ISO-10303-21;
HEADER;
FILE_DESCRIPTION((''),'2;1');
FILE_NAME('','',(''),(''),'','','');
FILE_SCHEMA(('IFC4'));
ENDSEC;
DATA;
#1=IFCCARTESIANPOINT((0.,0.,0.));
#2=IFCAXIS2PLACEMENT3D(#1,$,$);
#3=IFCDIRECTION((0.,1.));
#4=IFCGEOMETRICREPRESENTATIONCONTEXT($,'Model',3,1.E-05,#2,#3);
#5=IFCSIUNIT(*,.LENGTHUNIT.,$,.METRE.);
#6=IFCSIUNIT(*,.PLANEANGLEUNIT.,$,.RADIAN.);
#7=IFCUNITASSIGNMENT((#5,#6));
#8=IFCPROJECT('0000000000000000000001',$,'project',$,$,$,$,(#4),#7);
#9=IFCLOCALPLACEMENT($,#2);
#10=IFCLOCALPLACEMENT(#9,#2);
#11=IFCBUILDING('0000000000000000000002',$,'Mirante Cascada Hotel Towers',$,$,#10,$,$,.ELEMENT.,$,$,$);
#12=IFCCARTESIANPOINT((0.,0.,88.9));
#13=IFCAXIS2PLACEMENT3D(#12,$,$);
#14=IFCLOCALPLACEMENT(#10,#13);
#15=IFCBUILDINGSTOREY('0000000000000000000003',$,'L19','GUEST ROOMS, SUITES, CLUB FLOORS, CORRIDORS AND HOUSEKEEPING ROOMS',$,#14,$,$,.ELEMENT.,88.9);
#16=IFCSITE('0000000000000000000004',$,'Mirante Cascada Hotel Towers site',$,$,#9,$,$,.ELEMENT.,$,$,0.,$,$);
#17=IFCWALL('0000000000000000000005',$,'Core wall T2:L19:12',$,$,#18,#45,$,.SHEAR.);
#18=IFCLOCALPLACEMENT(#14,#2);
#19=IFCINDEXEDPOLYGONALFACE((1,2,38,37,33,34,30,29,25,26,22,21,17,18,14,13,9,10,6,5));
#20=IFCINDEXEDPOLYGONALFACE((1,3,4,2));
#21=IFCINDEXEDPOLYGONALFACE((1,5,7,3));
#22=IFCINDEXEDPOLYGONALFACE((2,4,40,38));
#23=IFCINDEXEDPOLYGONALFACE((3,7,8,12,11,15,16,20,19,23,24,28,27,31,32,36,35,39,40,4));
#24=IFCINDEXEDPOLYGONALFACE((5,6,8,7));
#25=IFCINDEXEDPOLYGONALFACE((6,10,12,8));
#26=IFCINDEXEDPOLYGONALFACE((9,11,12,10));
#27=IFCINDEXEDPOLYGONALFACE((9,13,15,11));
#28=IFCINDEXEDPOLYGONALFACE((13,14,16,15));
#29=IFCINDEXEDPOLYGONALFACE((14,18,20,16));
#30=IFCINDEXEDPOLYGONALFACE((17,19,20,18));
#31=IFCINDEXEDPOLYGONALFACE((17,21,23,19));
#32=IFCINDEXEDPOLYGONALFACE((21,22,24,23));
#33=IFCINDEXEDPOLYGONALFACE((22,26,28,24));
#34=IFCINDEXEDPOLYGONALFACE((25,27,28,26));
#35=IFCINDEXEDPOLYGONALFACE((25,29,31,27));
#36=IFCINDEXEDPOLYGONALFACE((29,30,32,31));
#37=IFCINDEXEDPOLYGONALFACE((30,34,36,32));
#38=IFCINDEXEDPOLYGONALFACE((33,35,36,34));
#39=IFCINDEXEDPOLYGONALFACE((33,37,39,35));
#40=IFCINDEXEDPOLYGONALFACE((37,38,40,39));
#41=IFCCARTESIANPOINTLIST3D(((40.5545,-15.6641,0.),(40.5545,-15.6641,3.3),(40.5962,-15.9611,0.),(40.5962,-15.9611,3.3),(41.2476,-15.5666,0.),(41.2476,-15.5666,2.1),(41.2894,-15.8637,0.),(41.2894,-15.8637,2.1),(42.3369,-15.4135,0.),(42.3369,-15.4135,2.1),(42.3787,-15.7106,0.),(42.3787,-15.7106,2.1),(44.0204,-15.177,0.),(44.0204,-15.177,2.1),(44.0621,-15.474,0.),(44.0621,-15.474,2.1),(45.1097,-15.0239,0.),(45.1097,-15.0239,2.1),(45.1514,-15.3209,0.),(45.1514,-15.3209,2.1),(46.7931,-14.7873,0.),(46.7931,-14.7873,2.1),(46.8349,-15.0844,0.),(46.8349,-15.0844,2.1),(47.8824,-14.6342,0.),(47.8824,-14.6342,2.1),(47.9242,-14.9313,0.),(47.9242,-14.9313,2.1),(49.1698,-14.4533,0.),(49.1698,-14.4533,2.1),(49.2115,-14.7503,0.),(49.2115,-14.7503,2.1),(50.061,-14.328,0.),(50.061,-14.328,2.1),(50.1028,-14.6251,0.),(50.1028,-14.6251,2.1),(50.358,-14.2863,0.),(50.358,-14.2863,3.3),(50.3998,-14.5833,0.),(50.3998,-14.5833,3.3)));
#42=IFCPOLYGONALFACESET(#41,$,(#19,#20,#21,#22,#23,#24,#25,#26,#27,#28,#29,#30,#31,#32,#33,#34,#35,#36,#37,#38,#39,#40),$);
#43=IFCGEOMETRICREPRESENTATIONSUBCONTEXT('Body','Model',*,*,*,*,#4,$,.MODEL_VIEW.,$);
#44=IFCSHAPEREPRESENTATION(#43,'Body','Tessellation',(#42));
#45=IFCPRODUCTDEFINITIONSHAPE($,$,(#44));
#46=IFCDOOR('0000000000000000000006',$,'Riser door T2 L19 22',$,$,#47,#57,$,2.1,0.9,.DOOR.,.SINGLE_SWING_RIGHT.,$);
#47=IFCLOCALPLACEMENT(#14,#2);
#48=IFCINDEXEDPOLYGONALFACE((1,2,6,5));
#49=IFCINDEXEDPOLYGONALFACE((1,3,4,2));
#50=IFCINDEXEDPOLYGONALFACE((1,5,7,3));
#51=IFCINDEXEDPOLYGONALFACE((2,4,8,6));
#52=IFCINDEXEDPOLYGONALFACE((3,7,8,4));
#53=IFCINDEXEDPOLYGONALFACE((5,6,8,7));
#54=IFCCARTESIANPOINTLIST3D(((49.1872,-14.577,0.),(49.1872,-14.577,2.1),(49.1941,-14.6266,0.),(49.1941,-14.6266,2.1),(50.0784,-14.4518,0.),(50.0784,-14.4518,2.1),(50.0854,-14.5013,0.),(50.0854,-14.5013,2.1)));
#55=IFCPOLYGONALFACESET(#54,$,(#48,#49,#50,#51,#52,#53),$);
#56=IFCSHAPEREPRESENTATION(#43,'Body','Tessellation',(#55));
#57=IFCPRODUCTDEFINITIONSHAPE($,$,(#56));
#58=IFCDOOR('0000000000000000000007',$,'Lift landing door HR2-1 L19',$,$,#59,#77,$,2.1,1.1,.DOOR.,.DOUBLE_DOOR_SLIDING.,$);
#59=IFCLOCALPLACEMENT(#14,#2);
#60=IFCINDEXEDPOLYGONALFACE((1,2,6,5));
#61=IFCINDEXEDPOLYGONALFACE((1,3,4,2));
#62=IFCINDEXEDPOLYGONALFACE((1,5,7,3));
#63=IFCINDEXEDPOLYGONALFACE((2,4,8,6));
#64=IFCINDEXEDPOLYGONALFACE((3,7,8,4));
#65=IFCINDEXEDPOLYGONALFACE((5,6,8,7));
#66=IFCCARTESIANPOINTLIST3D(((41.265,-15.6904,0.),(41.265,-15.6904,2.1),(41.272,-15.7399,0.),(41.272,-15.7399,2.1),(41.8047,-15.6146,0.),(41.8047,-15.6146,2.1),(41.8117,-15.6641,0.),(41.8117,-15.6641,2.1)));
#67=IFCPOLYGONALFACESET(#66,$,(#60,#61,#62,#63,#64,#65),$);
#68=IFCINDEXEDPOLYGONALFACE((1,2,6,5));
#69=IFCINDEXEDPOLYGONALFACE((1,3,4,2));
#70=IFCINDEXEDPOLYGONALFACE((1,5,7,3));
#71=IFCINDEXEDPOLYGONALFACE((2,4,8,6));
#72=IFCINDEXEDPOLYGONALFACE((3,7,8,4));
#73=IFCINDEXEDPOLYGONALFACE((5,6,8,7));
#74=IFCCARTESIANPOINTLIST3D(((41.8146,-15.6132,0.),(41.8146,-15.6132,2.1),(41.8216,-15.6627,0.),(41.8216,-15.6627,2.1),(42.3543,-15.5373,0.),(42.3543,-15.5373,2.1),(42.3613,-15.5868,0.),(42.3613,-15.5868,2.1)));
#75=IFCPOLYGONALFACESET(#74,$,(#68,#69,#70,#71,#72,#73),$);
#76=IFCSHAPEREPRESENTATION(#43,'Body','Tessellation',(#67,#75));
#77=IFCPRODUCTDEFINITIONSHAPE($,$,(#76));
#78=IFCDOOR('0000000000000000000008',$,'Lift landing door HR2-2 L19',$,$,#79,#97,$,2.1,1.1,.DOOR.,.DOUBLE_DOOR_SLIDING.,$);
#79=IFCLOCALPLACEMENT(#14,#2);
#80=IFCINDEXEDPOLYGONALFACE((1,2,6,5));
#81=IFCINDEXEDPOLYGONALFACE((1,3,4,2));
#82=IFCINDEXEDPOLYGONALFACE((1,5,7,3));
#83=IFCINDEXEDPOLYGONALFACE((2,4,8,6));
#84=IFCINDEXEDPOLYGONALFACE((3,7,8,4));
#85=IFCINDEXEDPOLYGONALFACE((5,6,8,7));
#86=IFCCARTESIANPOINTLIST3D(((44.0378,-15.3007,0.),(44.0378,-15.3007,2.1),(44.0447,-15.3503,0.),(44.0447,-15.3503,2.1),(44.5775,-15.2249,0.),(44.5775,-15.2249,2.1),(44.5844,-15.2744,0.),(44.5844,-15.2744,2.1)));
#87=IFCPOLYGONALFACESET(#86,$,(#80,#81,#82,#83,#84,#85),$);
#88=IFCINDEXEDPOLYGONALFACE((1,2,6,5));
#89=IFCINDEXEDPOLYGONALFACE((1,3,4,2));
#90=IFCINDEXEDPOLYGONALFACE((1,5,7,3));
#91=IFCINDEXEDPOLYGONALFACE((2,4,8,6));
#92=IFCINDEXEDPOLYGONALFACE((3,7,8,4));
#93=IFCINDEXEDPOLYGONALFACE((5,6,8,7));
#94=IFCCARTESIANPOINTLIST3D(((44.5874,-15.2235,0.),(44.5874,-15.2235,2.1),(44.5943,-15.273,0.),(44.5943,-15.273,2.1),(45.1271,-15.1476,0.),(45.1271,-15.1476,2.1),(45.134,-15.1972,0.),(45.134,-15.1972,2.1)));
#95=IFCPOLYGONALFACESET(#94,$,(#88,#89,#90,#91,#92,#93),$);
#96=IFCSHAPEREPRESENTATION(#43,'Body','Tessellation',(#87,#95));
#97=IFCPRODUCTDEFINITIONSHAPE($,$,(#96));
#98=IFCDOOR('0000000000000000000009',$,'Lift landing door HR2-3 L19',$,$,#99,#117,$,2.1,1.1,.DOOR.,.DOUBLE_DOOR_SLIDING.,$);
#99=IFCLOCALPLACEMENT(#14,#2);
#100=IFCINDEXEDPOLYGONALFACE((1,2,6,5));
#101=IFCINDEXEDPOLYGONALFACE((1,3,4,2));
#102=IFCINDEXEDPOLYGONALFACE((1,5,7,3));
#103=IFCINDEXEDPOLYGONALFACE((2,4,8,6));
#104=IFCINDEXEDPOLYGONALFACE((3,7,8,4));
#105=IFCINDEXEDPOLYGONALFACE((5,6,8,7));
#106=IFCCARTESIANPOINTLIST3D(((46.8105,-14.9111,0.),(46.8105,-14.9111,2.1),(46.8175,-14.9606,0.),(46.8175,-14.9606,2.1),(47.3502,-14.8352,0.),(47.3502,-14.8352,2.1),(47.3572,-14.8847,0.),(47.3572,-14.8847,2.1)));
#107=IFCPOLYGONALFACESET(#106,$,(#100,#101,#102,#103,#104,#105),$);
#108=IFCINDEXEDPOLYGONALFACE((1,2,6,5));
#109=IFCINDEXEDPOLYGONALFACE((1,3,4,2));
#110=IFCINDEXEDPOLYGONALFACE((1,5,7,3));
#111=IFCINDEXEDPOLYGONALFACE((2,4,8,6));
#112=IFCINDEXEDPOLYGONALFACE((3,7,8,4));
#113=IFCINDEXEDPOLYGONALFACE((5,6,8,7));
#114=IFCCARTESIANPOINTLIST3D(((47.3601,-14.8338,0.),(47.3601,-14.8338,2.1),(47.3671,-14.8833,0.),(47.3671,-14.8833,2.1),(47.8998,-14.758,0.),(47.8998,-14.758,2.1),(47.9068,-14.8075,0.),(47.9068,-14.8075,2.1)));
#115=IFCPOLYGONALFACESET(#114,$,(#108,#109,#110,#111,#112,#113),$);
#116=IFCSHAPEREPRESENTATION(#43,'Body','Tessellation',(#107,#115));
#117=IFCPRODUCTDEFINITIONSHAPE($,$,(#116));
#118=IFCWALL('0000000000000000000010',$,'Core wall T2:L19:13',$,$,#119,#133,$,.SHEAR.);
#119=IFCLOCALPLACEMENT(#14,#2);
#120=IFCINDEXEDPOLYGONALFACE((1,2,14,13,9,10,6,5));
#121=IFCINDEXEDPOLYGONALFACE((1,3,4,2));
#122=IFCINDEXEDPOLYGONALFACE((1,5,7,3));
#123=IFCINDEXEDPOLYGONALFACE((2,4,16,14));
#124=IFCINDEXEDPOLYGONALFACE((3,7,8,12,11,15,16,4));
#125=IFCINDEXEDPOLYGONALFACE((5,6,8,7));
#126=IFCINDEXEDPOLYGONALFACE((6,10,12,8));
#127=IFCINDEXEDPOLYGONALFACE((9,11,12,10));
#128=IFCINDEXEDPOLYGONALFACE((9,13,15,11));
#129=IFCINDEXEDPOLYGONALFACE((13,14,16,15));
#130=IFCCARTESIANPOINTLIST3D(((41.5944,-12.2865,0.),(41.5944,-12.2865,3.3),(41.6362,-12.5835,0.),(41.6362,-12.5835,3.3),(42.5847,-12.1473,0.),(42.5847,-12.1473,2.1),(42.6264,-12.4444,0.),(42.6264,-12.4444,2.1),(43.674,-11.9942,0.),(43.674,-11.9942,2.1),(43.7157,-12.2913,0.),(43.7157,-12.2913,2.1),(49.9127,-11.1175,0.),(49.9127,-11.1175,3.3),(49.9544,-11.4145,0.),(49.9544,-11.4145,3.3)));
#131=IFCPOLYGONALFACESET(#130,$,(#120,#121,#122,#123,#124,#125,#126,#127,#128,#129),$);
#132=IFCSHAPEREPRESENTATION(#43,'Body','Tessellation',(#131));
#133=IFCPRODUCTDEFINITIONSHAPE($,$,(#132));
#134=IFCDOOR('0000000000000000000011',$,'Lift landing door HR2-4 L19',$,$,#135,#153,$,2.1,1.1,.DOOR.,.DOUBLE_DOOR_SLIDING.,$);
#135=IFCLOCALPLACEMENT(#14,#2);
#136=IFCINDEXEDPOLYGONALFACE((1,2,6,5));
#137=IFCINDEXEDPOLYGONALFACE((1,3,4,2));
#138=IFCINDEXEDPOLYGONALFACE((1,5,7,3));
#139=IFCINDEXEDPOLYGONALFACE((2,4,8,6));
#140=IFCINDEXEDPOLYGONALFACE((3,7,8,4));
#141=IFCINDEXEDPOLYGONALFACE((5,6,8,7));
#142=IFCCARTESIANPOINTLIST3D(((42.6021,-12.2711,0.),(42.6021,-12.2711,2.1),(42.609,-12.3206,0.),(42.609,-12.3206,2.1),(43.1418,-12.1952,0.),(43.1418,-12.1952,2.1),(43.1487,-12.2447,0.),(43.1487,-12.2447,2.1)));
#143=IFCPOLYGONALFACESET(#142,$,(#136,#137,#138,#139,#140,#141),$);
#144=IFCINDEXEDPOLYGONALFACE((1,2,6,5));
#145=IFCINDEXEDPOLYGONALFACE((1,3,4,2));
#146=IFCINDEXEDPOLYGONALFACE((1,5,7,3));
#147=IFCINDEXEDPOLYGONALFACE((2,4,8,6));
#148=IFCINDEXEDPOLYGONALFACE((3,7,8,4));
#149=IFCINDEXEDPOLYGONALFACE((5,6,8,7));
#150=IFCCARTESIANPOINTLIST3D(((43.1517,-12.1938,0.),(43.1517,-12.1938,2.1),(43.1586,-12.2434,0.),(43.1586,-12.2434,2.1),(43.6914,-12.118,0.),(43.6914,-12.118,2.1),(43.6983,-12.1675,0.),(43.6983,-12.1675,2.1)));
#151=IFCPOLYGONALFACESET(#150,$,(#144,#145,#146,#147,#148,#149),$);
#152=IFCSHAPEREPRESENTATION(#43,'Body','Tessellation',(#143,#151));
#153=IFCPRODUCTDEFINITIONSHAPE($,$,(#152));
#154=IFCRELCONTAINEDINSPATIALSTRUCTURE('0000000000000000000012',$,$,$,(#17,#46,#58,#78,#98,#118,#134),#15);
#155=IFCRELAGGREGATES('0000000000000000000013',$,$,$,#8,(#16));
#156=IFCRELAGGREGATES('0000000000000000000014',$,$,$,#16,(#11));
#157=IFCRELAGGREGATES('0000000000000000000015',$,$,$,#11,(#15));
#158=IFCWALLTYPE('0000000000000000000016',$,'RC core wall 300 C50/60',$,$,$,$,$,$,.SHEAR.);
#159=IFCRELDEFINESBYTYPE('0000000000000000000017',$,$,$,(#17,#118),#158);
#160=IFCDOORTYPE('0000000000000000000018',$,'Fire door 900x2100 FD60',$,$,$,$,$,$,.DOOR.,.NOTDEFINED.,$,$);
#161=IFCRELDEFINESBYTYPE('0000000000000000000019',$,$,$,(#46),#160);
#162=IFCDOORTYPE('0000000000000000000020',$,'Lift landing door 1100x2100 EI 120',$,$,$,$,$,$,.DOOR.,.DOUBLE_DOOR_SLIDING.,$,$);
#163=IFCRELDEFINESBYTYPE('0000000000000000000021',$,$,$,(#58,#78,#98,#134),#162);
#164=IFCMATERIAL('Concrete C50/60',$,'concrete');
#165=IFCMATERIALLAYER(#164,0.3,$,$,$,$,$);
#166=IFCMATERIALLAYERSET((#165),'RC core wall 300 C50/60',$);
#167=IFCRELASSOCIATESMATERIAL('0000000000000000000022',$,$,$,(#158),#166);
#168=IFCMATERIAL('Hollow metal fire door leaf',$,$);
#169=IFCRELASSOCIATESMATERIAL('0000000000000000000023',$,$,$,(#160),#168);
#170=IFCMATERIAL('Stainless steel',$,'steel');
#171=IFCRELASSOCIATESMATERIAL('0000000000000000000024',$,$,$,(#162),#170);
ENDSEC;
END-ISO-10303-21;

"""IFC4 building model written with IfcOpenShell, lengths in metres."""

from ifc_helpers import new_model, si_unit, direction, frame, frame_2d, origin, place, context, subcontext, project, spatial, rectangle, extrude, material, layer, layer_set, type_object, element, fill, save


model = new_model("IFC4")

# Units and contexts
model_context = context("Model", 3, precision=1e-05, world=origin(), true_north=direction((0.0, 1.0)))
body_context = subcontext(model_context, "Body", "Model", "MODEL_VIEW")
ifc_project = project(units=[si_unit("LENGTHUNIT", "METRE"), si_unit("PLANEANGLEUNIT", "RADIAN")], contexts=[model_context])

# Site, building, storey
site_placement = place(None, origin())
site = spatial("IfcSite", under=ifc_project, at=site_placement, Name="Mirante Cascada Hotel Towers site", CompositionType="ELEMENT", RefElevation=0.0)
building_placement = place(site_placement, origin())
building = spatial("IfcBuilding", under=site, at=building_placement, Name="Mirante Cascada Hotel Towers", CompositionType="ELEMENT")
storey_placement = place(building_placement, frame((0.0, 0.0, 88.9)))
storey = spatial("IfcBuildingStorey", under=building, at=storey_placement, Name="L19", Description="GUEST ROOMS, SUITES, CLUB FLOORS, CORRIDORS AND HOUSEKEEPING ROOMS", CompositionType="ELEMENT", Elevation=88.9)

# Shared definitions
ifc_material_1 = material(Name="Concrete C50/60", Category="concrete")
ifc_layer_1 = layer(ifc_material_1, 0.3)
ifc_layer_set_1 = layer_set([ifc_layer_1], Name="RC core wall 300 C50/60")
wall_type_1 = type_object("IfcWallType", Name="RC core wall 300 C50/60", PredefinedType="SHEAR", material=ifc_layer_set_1)

# Wall, openings, doors
wall_1_placement = place(storey_placement, frame((40.5753, -15.8126, 0.0), z_axis=(0.0, 0.0, 1.0), x_axis=(0.990268, 0.139173, 0.0)))
wall_1 = element("IfcWall", 1, at=wall_1_placement, inside=storey, type_object=wall_type_1, Name="Core wall T2:L19:12", PredefinedType="SHEAR", context=body_context, shape_type="SweptSolid", body=[
    extrude(rectangle(XDim=9.8999, YDim=0.3, at=frame_2d((4.95, 0.0))), origin(), (0.0, 0.0, 1.0), 3.3),
])
opening_1_placement = place(wall_1_placement, frame((0.7, 0.0, 0.0)))
opening_1 = element("IfcOpeningElement", 2, at=opening_1_placement, cuts=wall_1, PredefinedType="OPENING", context=body_context, shape_type="SweptSolid", body=[
    extrude(rectangle(XDim=1.1, YDim=2.1, at=frame_2d((0.55, 1.05))), frame((0.0, 0.15, 0.0), z_axis=(0.0, -1.0, 0.0), x_axis=(1.0, 0.0, 0.0)), (0.0, 0.0, 1.0), 0.3),
])
opening_2_placement = place(wall_1_placement, frame((3.5, 0.0, 0.0)))
opening_2 = element("IfcOpeningElement", 3, at=opening_2_placement, cuts=wall_1, PredefinedType="OPENING", context=body_context, shape_type="SweptSolid", body=[
    extrude(rectangle(XDim=1.1, YDim=2.1, at=frame_2d((0.55, 1.05))), frame((0.0, 0.15, 0.0), z_axis=(0.0, -1.0, 0.0), x_axis=(1.0, 0.0, 0.0)), (0.0, 0.0, 1.0), 0.3),
])
opening_3_placement = place(wall_1_placement, frame((6.3, 0.0, 0.0)))
opening_3 = element("IfcOpeningElement", 4, at=opening_3_placement, cuts=wall_1, PredefinedType="OPENING", context=body_context, shape_type="SweptSolid", body=[
    extrude(rectangle(XDim=1.1, YDim=2.1, at=frame_2d((0.55, 1.05))), frame((0.0, 0.15, 0.0), z_axis=(0.0, -1.0, 0.0), x_axis=(1.0, 0.0, 0.0)), (0.0, 0.0, 1.0), 0.3),
])
opening_4_placement = place(wall_1_placement, frame((8.7, 0.0, 0.0)))
opening_4 = element("IfcOpeningElement", 5, at=opening_4_placement, cuts=wall_1, PredefinedType="OPENING", context=body_context, shape_type="SweptSolid", body=[
    extrude(rectangle(XDim=0.9, YDim=2.1, at=frame_2d((0.45, 1.05))), frame((0.0, 0.15, 0.0), z_axis=(0.0, -1.0, 0.0), x_axis=(1.0, 0.0, 0.0)), (0.0, 0.0, 1.0), 0.3),
])
ifc_material_2 = material(Name="Hollow metal fire door leaf")
door_type_1 = type_object("IfcDoorType", Name="Fire door 900x2100 FD60", OperationType="NOTDEFINED", PredefinedType="DOOR", material=ifc_material_2)
door_1_placement = place(opening_4_placement, frame((0.9, 0.0, 0.0), z_axis=(0.0, 0.0, 1.0), x_axis=(-1.0, 0.0, 0.0)))
door_1 = element("IfcDoor", 6, at=door_1_placement, inside=storey, type_object=door_type_1, Name="Riser door T2 L19 22", OperationType="SINGLE_SWING_RIGHT", OverallHeight=2.1, OverallWidth=0.9, PredefinedType="DOOR", context=body_context, shape_type="SweptSolid", body=[
    extrude(rectangle(XDim=0.9, YDim=2.1, at=frame_2d((0.45, 1.05))), frame((0.0, 0.025, 0.0), z_axis=(0.0, -1.0, 0.0), x_axis=(1.0, 0.0, 0.0)), (0.0, 0.0, 1.0), 0.05),
])
fill(opening_4, door_1)
ifc_material_3 = material(Name="Stainless steel", Category="steel")
door_type_2 = type_object("IfcDoorType", Name="Lift landing door 1100x2100 EI 120", OperationType="DOUBLE_DOOR_SLIDING", PredefinedType="DOOR", material=ifc_material_3)
door_2_placement = place(opening_1_placement, origin())
door_2 = element("IfcDoor", 7, at=door_2_placement, inside=storey, type_object=door_type_2, Name="Lift landing door HR2-1 L19", OperationType="DOUBLE_DOOR_SLIDING", OverallHeight=2.1, OverallWidth=1.1, PredefinedType="DOOR", context=body_context, shape_type="SweptSolid", body=[
    extrude(rectangle(XDim=0.545, YDim=2.1, at=frame_2d((0.2725, 1.05))), frame((0.0, 0.025, 0.0), z_axis=(0.0, -1.0, 0.0), x_axis=(1.0, 0.0, 0.0)), (0.0, 0.0, 1.0), 0.05),
    extrude(rectangle(XDim=0.545, YDim=2.1, at=frame_2d((0.8275, 1.05))), frame((0.0, 0.025, 0.0), z_axis=(0.0, -1.0, 0.0), x_axis=(1.0, 0.0, 0.0)), (0.0, 0.0, 1.0), 0.05),
])
fill(opening_1, door_2)
door_3_placement = place(opening_2_placement, origin())
door_3 = element("IfcDoor", 8, at=door_3_placement, inside=storey, type_object=door_type_2, Name="Lift landing door HR2-2 L19", OperationType="DOUBLE_DOOR_SLIDING", OverallHeight=2.1, OverallWidth=1.1, PredefinedType="DOOR", context=body_context, shape_type="SweptSolid", body=[
    extrude(rectangle(XDim=0.545, YDim=2.1, at=frame_2d((0.2725, 1.05))), frame((0.0, 0.025, 0.0), z_axis=(0.0, -1.0, 0.0), x_axis=(1.0, 0.0, 0.0)), (0.0, 0.0, 1.0), 0.05),
    extrude(rectangle(XDim=0.545, YDim=2.1, at=frame_2d((0.8275, 1.05))), frame((0.0, 0.025, 0.0), z_axis=(0.0, -1.0, 0.0), x_axis=(1.0, 0.0, 0.0)), (0.0, 0.0, 1.0), 0.05),
])
fill(opening_2, door_3)
door_4_placement = place(opening_3_placement, origin())
door_4 = element("IfcDoor", 9, at=door_4_placement, inside=storey, type_object=door_type_2, Name="Lift landing door HR2-3 L19", OperationType="DOUBLE_DOOR_SLIDING", OverallHeight=2.1, OverallWidth=1.1, PredefinedType="DOOR", context=body_context, shape_type="SweptSolid", body=[
    extrude(rectangle(XDim=0.545, YDim=2.1, at=frame_2d((0.2725, 1.05))), frame((0.0, 0.025, 0.0), z_axis=(0.0, -1.0, 0.0), x_axis=(1.0, 0.0, 0.0)), (0.0, 0.0, 1.0), 0.05),
    extrude(rectangle(XDim=0.545, YDim=2.1, at=frame_2d((0.8275, 1.05))), frame((0.0, 0.025, 0.0), z_axis=(0.0, -1.0, 0.0), x_axis=(1.0, 0.0, 0.0)), (0.0, 0.0, 1.0), 0.05),
])
fill(opening_3, door_4)

# Wall, opening, door
wall_2_placement = place(storey_placement, frame((41.6153, -12.435, 0.0), z_axis=(0.0, 0.0, 1.0), x_axis=(0.990269, 0.139166, 0.0)))
wall_2 = element("IfcWall", 10, at=wall_2_placement, inside=storey, type_object=wall_type_1, Name="Core wall T2:L19:13", PredefinedType="SHEAR", context=body_context, shape_type="SweptSolid", body=[
    extrude(rectangle(XDim=8.4, YDim=0.3, at=frame_2d((4.2, 0.0))), origin(), (0.0, 0.0, 1.0), 3.3),
])
opening_5_placement = place(wall_2_placement, frame((1.0, 0.0, 0.0)))
opening_5 = element("IfcOpeningElement", 11, at=opening_5_placement, cuts=wall_2, PredefinedType="OPENING", context=body_context, shape_type="SweptSolid", body=[
    extrude(rectangle(XDim=1.1, YDim=2.1, at=frame_2d((0.55, 1.05))), frame((0.0, 0.15, 0.0), z_axis=(0.0, -1.0, 0.0), x_axis=(1.0, 0.0, 0.0)), (0.0, 0.0, 1.0), 0.3),
])
door_5_placement = place(opening_5_placement, origin())
door_5 = element("IfcDoor", 12, at=door_5_placement, inside=storey, type_object=door_type_2, Name="Lift landing door HR2-4 L19", OperationType="DOUBLE_DOOR_SLIDING", OverallHeight=2.1, OverallWidth=1.1, PredefinedType="DOOR", context=body_context, shape_type="SweptSolid", body=[
    extrude(rectangle(XDim=0.545, YDim=2.1, at=frame_2d((0.2725, 1.05))), frame((0.0, 0.025, 0.0), z_axis=(0.0, -1.0, 0.0), x_axis=(1.0, 0.0, 0.0)), (0.0, 0.0, 1.0), 0.05),
    extrude(rectangle(XDim=0.545, YDim=2.1, at=frame_2d((0.8275, 1.05))), frame((0.0, 0.025, 0.0), z_axis=(0.0, -1.0, 0.0), x_axis=(1.0, 0.0, 0.0)), (0.0, 0.0, 1.0), 0.05),
])
fill(opening_5, door_5)

save(model, "model.ifc")
